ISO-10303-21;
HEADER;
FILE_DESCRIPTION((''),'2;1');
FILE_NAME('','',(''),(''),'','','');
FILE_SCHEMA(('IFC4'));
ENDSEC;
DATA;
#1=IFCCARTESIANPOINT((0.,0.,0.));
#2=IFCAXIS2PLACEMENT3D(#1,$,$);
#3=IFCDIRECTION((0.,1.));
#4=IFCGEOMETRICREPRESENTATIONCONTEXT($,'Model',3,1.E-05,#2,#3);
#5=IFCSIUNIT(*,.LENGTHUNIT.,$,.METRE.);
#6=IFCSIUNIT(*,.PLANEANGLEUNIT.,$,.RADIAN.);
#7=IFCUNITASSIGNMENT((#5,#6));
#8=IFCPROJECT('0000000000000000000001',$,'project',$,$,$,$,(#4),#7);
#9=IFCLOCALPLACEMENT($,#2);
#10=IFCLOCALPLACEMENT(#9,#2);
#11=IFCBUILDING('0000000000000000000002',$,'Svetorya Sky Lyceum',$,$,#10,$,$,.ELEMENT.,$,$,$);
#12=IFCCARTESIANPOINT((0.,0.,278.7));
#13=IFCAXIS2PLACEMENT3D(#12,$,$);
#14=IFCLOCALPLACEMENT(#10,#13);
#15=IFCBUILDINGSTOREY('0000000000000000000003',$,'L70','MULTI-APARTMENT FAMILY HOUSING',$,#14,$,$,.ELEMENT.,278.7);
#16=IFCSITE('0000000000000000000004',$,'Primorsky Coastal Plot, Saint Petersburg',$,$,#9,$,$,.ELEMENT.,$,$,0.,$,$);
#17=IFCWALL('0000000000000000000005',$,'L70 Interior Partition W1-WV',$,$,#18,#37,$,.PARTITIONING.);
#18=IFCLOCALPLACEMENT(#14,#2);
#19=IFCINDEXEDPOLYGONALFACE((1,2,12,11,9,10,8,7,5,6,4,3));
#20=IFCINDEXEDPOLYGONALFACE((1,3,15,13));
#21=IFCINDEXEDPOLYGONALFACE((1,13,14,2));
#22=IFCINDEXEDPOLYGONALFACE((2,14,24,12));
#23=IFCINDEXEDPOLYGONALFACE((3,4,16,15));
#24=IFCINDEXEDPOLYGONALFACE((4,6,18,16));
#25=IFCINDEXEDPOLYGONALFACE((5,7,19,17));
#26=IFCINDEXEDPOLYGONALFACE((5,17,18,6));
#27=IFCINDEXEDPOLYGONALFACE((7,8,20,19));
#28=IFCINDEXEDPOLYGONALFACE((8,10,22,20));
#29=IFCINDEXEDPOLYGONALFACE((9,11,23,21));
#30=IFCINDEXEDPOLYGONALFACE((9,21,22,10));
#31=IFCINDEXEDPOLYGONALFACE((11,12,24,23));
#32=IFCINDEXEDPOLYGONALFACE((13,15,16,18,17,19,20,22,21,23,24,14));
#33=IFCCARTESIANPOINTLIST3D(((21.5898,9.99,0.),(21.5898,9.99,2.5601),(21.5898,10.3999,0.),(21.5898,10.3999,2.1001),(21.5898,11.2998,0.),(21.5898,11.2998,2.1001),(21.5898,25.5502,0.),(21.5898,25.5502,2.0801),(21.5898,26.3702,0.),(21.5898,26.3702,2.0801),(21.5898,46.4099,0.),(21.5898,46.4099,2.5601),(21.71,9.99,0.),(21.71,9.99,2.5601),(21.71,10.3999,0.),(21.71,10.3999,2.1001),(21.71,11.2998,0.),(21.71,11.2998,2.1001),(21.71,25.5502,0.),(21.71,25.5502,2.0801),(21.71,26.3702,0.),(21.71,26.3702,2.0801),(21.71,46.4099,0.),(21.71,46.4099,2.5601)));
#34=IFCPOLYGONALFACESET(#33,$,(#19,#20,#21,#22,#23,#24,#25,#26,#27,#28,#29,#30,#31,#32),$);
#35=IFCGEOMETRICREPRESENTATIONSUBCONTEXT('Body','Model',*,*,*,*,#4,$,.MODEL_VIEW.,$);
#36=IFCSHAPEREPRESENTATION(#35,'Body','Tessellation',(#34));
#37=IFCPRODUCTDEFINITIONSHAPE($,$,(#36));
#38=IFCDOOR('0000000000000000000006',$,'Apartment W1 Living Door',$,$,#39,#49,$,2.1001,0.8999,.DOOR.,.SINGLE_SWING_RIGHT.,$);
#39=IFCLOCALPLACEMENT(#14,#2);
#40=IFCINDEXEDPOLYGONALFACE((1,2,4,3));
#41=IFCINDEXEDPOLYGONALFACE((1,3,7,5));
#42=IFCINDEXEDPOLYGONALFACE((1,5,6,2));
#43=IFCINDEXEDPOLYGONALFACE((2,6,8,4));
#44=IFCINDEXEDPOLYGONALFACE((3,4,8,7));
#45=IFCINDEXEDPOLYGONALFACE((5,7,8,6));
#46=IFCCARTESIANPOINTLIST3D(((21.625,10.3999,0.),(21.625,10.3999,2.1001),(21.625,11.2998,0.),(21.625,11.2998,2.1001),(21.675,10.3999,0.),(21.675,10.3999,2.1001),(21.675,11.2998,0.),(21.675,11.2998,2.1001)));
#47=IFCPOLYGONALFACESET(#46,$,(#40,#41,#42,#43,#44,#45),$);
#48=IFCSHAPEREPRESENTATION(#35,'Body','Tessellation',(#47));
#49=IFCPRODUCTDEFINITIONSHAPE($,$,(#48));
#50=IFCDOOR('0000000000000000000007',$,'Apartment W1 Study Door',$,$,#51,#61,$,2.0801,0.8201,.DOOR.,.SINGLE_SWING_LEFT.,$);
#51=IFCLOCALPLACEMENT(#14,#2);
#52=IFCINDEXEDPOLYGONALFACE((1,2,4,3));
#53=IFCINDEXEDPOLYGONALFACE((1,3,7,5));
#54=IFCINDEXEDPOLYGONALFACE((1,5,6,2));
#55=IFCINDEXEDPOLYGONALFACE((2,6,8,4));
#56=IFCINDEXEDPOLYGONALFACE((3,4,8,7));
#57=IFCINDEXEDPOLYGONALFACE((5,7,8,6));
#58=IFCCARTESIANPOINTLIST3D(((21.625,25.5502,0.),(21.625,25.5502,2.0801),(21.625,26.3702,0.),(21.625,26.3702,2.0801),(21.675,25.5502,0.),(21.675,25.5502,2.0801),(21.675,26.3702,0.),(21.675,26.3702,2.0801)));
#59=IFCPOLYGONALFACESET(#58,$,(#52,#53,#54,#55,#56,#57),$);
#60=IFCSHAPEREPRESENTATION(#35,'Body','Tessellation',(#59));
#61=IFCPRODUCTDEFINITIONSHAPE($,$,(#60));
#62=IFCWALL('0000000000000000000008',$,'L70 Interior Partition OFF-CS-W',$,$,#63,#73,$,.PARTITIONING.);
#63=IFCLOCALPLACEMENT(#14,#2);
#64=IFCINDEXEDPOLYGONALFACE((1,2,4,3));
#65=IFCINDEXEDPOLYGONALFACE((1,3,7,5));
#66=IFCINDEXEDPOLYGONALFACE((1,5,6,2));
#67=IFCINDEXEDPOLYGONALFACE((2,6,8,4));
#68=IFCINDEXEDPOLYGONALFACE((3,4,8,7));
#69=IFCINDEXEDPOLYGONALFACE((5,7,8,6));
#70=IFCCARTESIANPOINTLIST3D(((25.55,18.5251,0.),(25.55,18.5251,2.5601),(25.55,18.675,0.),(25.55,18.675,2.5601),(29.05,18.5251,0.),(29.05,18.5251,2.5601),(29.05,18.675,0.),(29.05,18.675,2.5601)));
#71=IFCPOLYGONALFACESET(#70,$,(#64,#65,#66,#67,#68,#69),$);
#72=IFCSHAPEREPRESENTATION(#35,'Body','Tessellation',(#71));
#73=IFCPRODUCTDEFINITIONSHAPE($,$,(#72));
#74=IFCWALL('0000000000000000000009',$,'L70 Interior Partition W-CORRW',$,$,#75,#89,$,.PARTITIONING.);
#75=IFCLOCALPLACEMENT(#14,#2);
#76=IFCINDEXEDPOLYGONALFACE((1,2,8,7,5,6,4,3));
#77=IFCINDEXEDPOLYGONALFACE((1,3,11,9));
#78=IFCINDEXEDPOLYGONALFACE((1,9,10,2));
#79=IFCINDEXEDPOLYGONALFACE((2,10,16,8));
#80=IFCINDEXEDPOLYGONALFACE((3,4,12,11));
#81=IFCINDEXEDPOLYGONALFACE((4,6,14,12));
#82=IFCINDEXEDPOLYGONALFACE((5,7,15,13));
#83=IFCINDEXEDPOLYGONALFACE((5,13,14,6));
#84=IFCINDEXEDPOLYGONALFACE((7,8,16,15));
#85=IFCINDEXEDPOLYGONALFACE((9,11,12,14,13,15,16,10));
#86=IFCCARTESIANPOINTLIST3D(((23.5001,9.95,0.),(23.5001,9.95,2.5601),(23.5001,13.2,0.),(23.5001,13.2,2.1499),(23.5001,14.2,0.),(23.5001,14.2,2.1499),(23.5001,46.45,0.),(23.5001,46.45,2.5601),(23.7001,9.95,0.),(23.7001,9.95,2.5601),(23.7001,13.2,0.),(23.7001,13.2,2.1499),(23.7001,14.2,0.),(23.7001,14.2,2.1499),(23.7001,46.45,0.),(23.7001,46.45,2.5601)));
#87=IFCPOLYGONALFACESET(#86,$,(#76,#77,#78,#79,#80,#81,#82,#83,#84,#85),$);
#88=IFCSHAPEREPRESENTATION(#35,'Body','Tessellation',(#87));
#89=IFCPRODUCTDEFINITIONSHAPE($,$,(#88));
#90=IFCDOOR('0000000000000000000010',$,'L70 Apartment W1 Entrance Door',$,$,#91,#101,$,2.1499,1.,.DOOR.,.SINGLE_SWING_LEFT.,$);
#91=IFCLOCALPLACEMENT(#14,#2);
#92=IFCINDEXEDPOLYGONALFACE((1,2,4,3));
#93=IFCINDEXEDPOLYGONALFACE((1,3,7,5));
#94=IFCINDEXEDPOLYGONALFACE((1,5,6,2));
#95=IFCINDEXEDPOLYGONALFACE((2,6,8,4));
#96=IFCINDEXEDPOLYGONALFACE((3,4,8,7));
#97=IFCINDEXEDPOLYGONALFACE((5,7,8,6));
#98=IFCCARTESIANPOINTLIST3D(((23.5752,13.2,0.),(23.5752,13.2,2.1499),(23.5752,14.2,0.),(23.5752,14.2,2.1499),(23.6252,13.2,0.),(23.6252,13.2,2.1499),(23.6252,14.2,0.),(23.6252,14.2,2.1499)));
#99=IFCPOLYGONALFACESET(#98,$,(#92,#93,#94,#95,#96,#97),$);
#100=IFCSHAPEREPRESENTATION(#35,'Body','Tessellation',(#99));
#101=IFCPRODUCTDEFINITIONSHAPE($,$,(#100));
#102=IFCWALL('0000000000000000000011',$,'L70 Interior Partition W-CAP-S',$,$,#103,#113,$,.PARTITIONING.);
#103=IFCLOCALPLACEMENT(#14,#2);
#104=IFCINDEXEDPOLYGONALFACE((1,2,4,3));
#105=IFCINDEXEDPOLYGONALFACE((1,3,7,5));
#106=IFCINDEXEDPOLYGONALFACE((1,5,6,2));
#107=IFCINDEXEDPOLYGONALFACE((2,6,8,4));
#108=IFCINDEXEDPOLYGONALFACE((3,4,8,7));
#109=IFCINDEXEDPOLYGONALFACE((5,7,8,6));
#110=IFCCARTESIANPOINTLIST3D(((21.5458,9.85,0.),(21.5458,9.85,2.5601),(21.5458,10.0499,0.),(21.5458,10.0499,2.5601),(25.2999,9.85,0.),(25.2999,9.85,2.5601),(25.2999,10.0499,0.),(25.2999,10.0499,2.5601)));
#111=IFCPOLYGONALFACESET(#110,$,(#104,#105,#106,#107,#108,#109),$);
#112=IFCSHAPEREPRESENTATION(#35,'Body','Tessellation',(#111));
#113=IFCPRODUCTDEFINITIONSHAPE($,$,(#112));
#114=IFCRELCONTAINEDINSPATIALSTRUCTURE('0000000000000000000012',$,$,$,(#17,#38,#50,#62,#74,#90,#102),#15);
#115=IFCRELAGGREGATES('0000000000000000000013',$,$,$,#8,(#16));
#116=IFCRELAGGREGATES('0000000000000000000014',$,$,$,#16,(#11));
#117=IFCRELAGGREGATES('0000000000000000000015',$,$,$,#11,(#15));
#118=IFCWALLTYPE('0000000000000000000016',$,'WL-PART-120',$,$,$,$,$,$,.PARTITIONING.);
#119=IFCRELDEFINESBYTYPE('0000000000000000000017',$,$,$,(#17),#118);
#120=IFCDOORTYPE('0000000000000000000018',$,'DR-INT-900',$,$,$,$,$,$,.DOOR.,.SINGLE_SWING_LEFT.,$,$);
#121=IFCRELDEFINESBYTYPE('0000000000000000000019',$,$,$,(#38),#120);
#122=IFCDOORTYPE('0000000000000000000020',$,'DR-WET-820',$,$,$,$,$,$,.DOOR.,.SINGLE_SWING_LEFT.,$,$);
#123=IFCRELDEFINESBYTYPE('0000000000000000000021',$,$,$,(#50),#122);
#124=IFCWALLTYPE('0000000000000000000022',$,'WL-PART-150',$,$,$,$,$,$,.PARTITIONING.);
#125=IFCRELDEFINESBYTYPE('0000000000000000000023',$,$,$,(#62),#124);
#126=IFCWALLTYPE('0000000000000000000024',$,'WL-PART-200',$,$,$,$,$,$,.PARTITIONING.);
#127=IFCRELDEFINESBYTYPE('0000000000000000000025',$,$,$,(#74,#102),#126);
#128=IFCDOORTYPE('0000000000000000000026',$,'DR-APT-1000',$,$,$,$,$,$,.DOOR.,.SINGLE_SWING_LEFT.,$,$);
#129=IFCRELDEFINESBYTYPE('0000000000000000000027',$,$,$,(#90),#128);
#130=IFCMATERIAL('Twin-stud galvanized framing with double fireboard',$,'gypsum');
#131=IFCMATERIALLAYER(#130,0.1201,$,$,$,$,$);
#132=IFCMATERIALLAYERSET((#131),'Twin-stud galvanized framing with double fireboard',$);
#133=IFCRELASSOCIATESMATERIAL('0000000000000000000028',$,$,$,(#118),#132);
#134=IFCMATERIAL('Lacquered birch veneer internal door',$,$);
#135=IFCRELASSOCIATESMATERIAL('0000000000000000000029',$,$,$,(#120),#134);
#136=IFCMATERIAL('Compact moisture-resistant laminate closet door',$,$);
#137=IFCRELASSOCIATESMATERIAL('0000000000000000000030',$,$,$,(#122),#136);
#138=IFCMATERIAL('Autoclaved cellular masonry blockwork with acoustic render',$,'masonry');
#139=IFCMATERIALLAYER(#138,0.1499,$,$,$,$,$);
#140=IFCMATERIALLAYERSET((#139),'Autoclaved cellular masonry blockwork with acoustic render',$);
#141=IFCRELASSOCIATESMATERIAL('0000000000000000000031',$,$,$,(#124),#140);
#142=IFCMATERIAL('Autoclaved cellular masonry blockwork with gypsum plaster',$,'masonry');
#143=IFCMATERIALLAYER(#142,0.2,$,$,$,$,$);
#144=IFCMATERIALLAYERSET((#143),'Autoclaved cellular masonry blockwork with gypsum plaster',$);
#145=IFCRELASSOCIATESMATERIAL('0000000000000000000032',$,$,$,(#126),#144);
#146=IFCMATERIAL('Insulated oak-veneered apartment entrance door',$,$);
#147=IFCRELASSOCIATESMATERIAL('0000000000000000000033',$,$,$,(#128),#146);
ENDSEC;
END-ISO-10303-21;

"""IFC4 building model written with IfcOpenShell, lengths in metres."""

from ifc_helpers import new_model, si_unit, direction, frame, frame_2d, origin, place, context, subcontext, project, spatial, rectangle, extrude, material, layer, layer_set, type_object, element, fill, save


model = new_model("IFC4")

# Units and contexts
model_context = context("Model", 3, precision=1e-05, world=origin(), true_north=direction((0.0, 1.0)))
body_context = subcontext(model_context, "Body", "Model", "MODEL_VIEW")
ifc_project = project(units=[si_unit("LENGTHUNIT", "METRE"), si_unit("PLANEANGLEUNIT", "RADIAN")], contexts=[model_context])

# Site, building, storey
site_placement = place(None, origin())
site = spatial("IfcSite", under=ifc_project, at=site_placement, Name="Primorsky Coastal Plot, Saint Petersburg", CompositionType="ELEMENT", RefElevation=0.0)
building_placement = place(site_placement, origin())
building = spatial("IfcBuilding", under=site, at=building_placement, Name="Svetorya Sky Lyceum", CompositionType="ELEMENT")
storey_placement = place(building_placement, frame((0.0, 0.0, 278.7)))
storey = spatial("IfcBuildingStorey", under=building, at=storey_placement, Name="L70", Description="MULTI-APARTMENT FAMILY HOUSING", CompositionType="ELEMENT", Elevation=278.7)

# Shared definitions
ifc_material_1 = material(Name="Twin-stud galvanized framing with double fireboard", Category="gypsum")
ifc_layer_1 = layer(ifc_material_1, 0.1201)
ifc_layer_set_1 = layer_set([ifc_layer_1], Name="Twin-stud galvanized framing with double fireboard")
wall_type_1 = type_object("IfcWallType", Name="WL-PART-120", PredefinedType="PARTITIONING", material=ifc_layer_set_1)

# Wall, openings, doors
wall_1_placement = place(storey_placement, frame((21.6499, 9.99, 0.0), z_axis=(0.0, 0.0, 1.0), x_axis=(0.0, 1.0, 0.0)))
wall_1 = element("IfcWall", 1, at=wall_1_placement, inside=storey, type_object=wall_type_1, Name="L70 Interior Partition W1-WV", PredefinedType="PARTITIONING", context=body_context, shape_type="SweptSolid", body=[
    extrude(rectangle(XDim=36.4199, YDim=0.1201, at=frame_2d((18.21, 0.0))), origin(), (0.0, 0.0, 1.0), 2.5601),
])
opening_1_placement = place(wall_1_placement, frame((0.4099, 0.0, 0.0)))
opening_1 = element("IfcOpeningElement", 2, at=opening_1_placement, cuts=wall_1, PredefinedType="OPENING", context=body_context, shape_type="SweptSolid", body=[
    extrude(rectangle(XDim=0.8999, YDim=2.1001, at=frame_2d((0.45, 1.05))), frame((0.0, 0.0701, 0.0), z_axis=(0.0, -1.0, 0.0), x_axis=(1.0, 0.0, 0.0)), (0.0, 0.0, 1.0), 0.1401),
])
opening_2_placement = place(wall_1_placement, frame((15.5601, 0.0, 0.0)))
opening_2 = element("IfcOpeningElement", 3, at=opening_2_placement, cuts=wall_1, PredefinedType="OPENING", context=body_context, shape_type="SweptSolid", body=[
    extrude(rectangle(XDim=0.8201, YDim=2.0801, at=frame_2d((0.4102, 1.04))), frame((0.0, 0.0701, 0.0), z_axis=(0.0, -1.0, 0.0), x_axis=(1.0, 0.0, 0.0)), (0.0, 0.0, 1.0), 0.1401),
])
ifc_material_2 = material(Name="Lacquered birch veneer internal door")
door_type_1 = type_object("IfcDoorType", Name="DR-INT-900", OperationType="SINGLE_SWING_LEFT", PredefinedType="DOOR", material=ifc_material_2)
door_1_placement = place(opening_1_placement, origin())
door_1 = element("IfcDoor", 4, at=door_1_placement, inside=storey, type_object=door_type_1, Name="Apartment W1 Living Door", OperationType="SINGLE_SWING_RIGHT", OverallHeight=2.1001, OverallWidth=0.8999, PredefinedType="DOOR", context=body_context, shape_type="SweptSolid", body=[
    extrude(rectangle(XDim=0.8999, YDim=2.1001, at=frame_2d((0.45, 1.05))), frame((0.0, 0.0249, 0.0), z_axis=(0.0, -1.0, 0.0), x_axis=(1.0, 0.0, 0.0)), (0.0, 0.0, 1.0), 0.05),
])
fill(opening_1, door_1)
ifc_material_3 = material(Name="Compact moisture-resistant laminate closet door")
door_type_2 = type_object("IfcDoorType", Name="DR-WET-820", OperationType="SINGLE_SWING_LEFT", PredefinedType="DOOR", material=ifc_material_3)
door_2_placement = place(opening_2_placement, origin())
door_2 = element("IfcDoor", 5, at=door_2_placement, inside=storey, type_object=door_type_2, Name="Apartment W1 Study Door", OperationType="SINGLE_SWING_LEFT", OverallHeight=2.0801, OverallWidth=0.8201, PredefinedType="DOOR", context=body_context, shape_type="SweptSolid", body=[
    extrude(rectangle(XDim=0.8201, YDim=2.0801, at=frame_2d((0.4102, 1.04))), frame((0.0, 0.0249, 0.0), z_axis=(0.0, -1.0, 0.0), x_axis=(1.0, 0.0, 0.0)), (0.0, 0.0, 1.0), 0.05),
])
fill(opening_2, door_2)

# Wall
ifc_material_4 = material(Name="Autoclaved cellular masonry blockwork with acoustic render", Category="masonry")
ifc_layer_2 = layer(ifc_material_4, 0.1499)
ifc_layer_set_2 = layer_set([ifc_layer_2], Name="Autoclaved cellular masonry blockwork with acoustic render")
wall_type_2 = type_object("IfcWallType", Name="WL-PART-150", PredefinedType="PARTITIONING", material=ifc_layer_set_2)
wall_2_placement = place(storey_placement, frame((25.55, 18.6001, 0.0), z_axis=(0.0, 0.0, 1.0), x_axis=(1.0, 0.0, 0.0)))
element("IfcWall", 6, at=wall_2_placement, inside=storey, type_object=wall_type_2, Name="L70 Interior Partition OFF-CS-W", PredefinedType="PARTITIONING", context=body_context, shape_type="SweptSolid", body=[
    extrude(rectangle(XDim=3.5, YDim=0.1499, at=frame_2d((1.75, 0.0))), origin(), (0.0, 0.0, 1.0), 2.5601),
])

# Wall, opening, door
ifc_material_5 = material(Name="Autoclaved cellular masonry blockwork with gypsum plaster", Category="masonry")
ifc_layer_3 = layer(ifc_material_5, 0.2)
ifc_layer_set_3 = layer_set([ifc_layer_3], Name="Autoclaved cellular masonry blockwork with gypsum plaster")
wall_type_3 = type_object("IfcWallType", Name="WL-PART-200", PredefinedType="PARTITIONING", material=ifc_layer_set_3)
wall_3_placement = place(storey_placement, frame((23.6001, 9.95, 0.0), z_axis=(0.0, 0.0, 1.0), x_axis=(0.0, 1.0, 0.0)))
wall_3 = element("IfcWall", 7, at=wall_3_placement, inside=storey, type_object=wall_type_3, Name="L70 Interior Partition W-CORRW", PredefinedType="PARTITIONING", context=body_context, shape_type="SweptSolid", body=[
    extrude(rectangle(XDim=36.5, YDim=0.2, at=frame_2d((18.25, 0.0))), origin(), (0.0, 0.0, 1.0), 2.5601),
])
opening_3_placement = place(wall_3_placement, frame((3.25, 0.0, 0.0)))
opening_3 = element("IfcOpeningElement", 8, at=opening_3_placement, cuts=wall_3, PredefinedType="OPENING", context=body_context, shape_type="SweptSolid", body=[
    extrude(rectangle(XDim=1.0, YDim=2.1499, at=frame_2d((0.5, 1.075))), frame((0.0, 0.1099, 0.0), z_axis=(0.0, -1.0, 0.0), x_axis=(1.0, 0.0, 0.0)), (0.0, 0.0, 1.0), 0.22),
])
ifc_material_6 = material(Name="Insulated oak-veneered apartment entrance door")
door_type_3 = type_object("IfcDoorType", Name="DR-APT-1000", OperationType="SINGLE_SWING_LEFT", PredefinedType="DOOR", material=ifc_material_6)
door_3_placement = place(opening_3_placement, origin())
door_3 = element("IfcDoor", 9, at=door_3_placement, inside=storey, type_object=door_type_3, Name="L70 Apartment W1 Entrance Door", OperationType="SINGLE_SWING_LEFT", OverallHeight=2.1499, OverallWidth=1.0, PredefinedType="DOOR", context=body_context, shape_type="SweptSolid", body=[
    extrude(rectangle(XDim=1.0, YDim=2.1499, at=frame_2d((0.5, 1.075))), frame((0.0, 0.0249, 0.0), z_axis=(0.0, -1.0, 0.0), x_axis=(1.0, 0.0, 0.0)), (0.0, 0.0, 1.0), 0.05),
])
fill(opening_3, door_3)

# Wall
wall_4_placement = place(storey_placement, frame((21.5459, 9.95, 0.0), z_axis=(0.0, 0.0, 1.0), x_axis=(1.0, 0.0, 0.0)))
element("IfcWall", 10, at=wall_4_placement, inside=storey, type_object=wall_type_3, Name="L70 Interior Partition W-CAP-S", PredefinedType="PARTITIONING", context=body_context, shape_type="SweptSolid", body=[
    extrude(rectangle(XDim=3.7542, YDim=0.2, at=frame_2d((1.877, 0.0))), origin(), (0.0, 0.0, 1.0), 2.5601),
])

save(model, "model.ifc")
